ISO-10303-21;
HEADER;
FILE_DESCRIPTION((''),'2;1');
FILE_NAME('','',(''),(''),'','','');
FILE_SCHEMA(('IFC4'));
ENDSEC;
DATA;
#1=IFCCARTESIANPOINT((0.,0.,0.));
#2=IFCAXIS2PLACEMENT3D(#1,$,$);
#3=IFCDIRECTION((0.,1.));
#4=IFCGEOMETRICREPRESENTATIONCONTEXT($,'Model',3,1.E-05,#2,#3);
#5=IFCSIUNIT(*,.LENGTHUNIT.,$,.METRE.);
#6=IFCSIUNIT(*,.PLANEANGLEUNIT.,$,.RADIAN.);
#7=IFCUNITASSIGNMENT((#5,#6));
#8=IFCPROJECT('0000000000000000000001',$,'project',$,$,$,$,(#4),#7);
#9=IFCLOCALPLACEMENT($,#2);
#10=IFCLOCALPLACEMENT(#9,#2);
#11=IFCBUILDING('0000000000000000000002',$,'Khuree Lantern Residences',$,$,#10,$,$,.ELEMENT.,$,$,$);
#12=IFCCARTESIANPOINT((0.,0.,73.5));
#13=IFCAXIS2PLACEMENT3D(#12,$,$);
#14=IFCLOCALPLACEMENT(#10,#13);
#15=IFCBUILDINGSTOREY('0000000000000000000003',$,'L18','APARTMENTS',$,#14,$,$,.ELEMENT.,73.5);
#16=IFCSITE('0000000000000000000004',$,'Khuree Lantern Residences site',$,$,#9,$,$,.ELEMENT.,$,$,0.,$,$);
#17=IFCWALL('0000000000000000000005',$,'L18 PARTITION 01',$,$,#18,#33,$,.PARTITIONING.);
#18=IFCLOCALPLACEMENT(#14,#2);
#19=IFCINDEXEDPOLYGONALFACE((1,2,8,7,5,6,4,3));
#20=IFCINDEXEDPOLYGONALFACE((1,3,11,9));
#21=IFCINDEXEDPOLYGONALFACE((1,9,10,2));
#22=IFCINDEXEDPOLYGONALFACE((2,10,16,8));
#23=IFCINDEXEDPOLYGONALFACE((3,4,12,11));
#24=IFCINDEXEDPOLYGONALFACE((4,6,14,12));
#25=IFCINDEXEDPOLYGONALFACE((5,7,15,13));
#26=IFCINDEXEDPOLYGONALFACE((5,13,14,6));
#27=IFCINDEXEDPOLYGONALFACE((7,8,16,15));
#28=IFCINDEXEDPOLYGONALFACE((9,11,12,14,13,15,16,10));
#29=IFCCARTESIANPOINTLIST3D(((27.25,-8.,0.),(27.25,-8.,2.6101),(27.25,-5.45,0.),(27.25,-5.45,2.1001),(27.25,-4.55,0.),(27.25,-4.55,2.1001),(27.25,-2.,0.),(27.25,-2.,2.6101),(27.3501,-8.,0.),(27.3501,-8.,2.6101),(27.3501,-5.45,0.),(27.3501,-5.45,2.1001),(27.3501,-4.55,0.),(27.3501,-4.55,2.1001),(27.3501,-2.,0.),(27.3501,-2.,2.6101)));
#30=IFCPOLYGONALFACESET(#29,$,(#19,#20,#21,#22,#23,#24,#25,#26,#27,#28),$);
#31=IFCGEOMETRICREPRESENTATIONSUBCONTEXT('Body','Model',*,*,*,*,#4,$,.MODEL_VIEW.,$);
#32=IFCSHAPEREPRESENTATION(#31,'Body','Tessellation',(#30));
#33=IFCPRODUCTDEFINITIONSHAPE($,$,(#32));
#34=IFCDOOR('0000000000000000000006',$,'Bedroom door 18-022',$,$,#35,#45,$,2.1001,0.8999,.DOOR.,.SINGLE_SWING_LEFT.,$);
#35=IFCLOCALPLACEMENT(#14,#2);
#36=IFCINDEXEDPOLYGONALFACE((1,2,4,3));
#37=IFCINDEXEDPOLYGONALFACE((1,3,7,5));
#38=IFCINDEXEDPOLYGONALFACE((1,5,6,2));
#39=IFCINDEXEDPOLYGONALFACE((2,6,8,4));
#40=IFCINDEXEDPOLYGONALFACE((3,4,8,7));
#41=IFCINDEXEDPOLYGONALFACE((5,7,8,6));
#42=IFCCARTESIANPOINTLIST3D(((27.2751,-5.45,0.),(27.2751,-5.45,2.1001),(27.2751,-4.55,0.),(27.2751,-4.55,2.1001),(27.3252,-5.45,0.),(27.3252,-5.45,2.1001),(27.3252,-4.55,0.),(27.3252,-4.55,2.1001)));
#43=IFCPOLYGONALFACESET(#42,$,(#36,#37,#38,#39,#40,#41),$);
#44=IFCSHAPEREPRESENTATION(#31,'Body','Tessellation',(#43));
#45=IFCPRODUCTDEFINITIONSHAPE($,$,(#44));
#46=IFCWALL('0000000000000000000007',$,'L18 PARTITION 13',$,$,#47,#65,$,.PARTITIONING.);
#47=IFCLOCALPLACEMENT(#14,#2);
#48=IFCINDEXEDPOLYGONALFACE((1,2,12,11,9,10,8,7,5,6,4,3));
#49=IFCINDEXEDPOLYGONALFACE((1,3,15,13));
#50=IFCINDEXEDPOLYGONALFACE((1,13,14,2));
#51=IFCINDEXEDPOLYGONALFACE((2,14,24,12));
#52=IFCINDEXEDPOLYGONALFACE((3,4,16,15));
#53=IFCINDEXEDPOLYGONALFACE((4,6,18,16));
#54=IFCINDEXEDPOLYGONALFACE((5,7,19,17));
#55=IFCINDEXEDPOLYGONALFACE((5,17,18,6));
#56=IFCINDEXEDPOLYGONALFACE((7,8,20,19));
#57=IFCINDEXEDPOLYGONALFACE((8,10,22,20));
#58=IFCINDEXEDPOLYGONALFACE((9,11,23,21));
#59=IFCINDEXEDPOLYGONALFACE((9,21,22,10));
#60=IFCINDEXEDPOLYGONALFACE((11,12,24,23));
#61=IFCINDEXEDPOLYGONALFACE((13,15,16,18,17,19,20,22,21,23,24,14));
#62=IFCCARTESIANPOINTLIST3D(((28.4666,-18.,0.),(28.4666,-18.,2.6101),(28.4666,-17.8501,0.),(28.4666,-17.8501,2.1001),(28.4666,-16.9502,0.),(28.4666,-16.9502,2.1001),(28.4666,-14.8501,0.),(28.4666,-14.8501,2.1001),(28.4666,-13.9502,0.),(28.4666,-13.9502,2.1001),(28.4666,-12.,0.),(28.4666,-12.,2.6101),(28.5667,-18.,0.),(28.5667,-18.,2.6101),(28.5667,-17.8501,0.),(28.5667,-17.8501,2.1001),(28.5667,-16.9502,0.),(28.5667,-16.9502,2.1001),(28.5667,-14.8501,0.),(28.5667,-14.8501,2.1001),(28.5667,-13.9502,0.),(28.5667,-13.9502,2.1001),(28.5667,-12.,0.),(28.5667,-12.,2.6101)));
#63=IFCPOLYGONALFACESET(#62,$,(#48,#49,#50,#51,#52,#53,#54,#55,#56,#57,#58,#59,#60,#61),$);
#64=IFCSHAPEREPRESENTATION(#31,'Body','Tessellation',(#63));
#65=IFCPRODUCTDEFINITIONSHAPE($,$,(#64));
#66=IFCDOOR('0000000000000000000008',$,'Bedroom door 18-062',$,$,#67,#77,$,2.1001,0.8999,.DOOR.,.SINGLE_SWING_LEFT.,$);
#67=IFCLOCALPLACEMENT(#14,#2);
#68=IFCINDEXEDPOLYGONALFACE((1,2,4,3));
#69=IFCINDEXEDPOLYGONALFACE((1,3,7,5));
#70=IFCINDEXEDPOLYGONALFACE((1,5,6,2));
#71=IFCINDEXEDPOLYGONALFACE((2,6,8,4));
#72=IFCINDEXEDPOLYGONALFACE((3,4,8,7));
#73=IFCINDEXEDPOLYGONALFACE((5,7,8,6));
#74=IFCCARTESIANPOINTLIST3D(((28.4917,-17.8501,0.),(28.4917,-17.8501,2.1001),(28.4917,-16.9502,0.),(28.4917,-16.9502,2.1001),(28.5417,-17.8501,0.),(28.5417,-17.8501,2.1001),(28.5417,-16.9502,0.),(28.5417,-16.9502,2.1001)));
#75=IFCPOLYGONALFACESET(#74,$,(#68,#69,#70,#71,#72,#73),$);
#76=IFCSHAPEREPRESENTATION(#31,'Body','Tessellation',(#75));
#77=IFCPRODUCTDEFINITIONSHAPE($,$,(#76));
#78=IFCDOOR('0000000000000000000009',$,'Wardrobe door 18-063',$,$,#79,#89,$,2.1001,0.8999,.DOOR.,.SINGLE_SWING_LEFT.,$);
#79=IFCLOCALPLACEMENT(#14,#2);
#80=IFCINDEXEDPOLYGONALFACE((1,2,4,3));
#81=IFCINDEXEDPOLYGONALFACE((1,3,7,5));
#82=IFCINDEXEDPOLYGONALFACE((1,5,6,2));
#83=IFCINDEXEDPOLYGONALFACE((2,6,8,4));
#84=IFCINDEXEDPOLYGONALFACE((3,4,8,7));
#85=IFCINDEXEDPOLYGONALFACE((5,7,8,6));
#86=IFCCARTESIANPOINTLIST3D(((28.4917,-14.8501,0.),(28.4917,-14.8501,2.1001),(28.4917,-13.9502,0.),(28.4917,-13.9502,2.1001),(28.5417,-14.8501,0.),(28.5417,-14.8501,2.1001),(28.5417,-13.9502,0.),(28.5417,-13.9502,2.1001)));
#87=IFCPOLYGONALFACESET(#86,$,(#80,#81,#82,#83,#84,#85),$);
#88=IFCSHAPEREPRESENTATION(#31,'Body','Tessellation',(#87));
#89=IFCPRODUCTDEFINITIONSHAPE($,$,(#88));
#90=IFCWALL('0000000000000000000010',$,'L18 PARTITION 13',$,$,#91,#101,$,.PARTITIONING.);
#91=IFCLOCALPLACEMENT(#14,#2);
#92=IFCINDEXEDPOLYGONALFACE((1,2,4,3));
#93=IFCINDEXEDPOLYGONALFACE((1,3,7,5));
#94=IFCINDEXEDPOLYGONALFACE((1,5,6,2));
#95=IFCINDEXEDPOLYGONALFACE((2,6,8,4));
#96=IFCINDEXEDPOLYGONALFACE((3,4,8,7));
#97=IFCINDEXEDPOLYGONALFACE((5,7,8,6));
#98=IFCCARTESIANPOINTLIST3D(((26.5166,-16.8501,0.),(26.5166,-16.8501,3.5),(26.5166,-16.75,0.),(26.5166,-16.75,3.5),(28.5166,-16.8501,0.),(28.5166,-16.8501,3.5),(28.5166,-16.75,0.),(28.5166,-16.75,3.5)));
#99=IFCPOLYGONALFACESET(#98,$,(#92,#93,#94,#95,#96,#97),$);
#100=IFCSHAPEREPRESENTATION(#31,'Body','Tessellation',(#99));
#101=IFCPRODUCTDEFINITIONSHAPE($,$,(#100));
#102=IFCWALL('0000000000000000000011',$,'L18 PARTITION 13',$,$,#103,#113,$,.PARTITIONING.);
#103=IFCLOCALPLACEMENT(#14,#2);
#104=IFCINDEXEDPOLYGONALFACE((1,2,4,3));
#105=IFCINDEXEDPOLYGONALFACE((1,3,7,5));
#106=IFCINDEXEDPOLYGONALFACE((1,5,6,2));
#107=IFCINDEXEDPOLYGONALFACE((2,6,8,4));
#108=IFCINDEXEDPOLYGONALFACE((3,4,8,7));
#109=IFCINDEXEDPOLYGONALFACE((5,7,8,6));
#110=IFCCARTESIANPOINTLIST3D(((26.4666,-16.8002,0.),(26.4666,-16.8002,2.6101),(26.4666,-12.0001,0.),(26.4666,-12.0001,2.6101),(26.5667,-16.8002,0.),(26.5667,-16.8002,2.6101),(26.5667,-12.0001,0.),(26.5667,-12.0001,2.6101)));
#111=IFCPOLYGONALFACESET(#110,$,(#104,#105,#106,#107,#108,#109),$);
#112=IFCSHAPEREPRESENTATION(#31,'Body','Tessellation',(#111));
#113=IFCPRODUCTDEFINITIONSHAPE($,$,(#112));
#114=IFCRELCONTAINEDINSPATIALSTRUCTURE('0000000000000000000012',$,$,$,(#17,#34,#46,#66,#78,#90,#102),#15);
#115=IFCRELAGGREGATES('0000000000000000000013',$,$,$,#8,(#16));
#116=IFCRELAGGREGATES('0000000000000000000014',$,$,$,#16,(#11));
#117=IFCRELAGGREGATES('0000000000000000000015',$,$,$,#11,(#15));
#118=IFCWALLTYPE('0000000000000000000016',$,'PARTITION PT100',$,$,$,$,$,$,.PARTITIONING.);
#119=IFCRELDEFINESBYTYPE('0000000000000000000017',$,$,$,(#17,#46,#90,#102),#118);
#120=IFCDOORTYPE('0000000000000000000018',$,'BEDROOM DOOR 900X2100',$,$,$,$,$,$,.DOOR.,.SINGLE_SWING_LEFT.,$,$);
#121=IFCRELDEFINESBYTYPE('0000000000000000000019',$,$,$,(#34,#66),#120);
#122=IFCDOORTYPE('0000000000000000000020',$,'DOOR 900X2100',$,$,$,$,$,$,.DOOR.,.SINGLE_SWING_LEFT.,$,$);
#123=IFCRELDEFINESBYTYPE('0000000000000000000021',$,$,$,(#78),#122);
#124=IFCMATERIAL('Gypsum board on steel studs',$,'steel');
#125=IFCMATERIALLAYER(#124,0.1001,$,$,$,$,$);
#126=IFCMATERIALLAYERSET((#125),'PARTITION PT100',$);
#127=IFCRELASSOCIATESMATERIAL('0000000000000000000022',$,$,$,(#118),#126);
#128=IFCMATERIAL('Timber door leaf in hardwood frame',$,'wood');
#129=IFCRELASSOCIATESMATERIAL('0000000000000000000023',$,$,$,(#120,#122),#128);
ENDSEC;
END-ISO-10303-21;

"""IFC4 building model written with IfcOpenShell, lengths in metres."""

from ifc_helpers import new_model, si_unit, direction, frame, frame_2d, origin, place, context, subcontext, project, spatial, rectangle, extrude, material, layer, layer_set, type_object, element, fill, save


model = new_model("IFC4")

# Units and contexts
model_context = context("Model", 3, precision=1e-05, world=origin(), true_north=direction((0.0, 1.0)))
body_context = subcontext(model_context, "Body", "Model", "MODEL_VIEW")
ifc_project = project(units=[si_unit("LENGTHUNIT", "METRE"), si_unit("PLANEANGLEUNIT", "RADIAN")], contexts=[model_context])

# Site, building, storey
site_placement = place(None, origin())
site = spatial("IfcSite", under=ifc_project, at=site_placement, Name="Khuree Lantern Residences site", CompositionType="ELEMENT", RefElevation=0.0)
building_placement = place(site_placement, origin())
building = spatial("IfcBuilding", under=site, at=building_placement, Name="Khuree Lantern Residences", CompositionType="ELEMENT")
storey_placement = place(building_placement, frame((0.0, 0.0, 73.5)))
storey = spatial("IfcBuildingStorey", under=building, at=storey_placement, Name="L18", Description="APARTMENTS", CompositionType="ELEMENT", Elevation=73.5)

# Shared definitions
ifc_material_1 = material(Name="Timber door leaf in hardwood frame", Category="wood")

# Shared definitions
ifc_material_2 = material(Name="Gypsum board on steel studs", Category="steel")
ifc_layer_1 = layer(ifc_material_2, 0.1001)
ifc_layer_set_1 = layer_set([ifc_layer_1], Name="PARTITION PT100")
wall_type_1 = type_object("IfcWallType", Name="PARTITION PT100", PredefinedType="PARTITIONING", material=ifc_layer_set_1)

# Wall, opening, door
wall_1_placement = place(storey_placement, frame((27.3, -8.0, 0.0), z_axis=(0.0, 0.0, 1.0), x_axis=(0.0, 1.0, 0.0)))
wall_1 = element("IfcWall", 1, at=wall_1_placement, inside=storey, type_object=wall_type_1, Name="L18 PARTITION 01", PredefinedType="PARTITIONING", context=body_context, shape_type="SweptSolid", body=[
    extrude(rectangle(XDim=6.0, YDim=0.1001, at=frame_2d((3.0, 0.0))), origin(), (0.0, 0.0, 1.0), 2.6101),
])
opening_1_placement = place(wall_1_placement, frame((2.55, 0.0, 0.0)))
opening_1 = element("IfcOpeningElement", 2, at=opening_1_placement, cuts=wall_1, PredefinedType="OPENING", context=body_context, shape_type="SweptSolid", body=[
    extrude(rectangle(XDim=0.8999, YDim=2.1001, at=frame_2d((0.45, 1.05))), frame((0.0, 0.0601, 0.0), z_axis=(0.0, -1.0, 0.0), x_axis=(1.0, 0.0, 0.0)), (0.0, 0.0, 1.0), 0.1201),
])
door_type_1 = type_object("IfcDoorType", Name="BEDROOM DOOR 900X2100", OperationType="SINGLE_SWING_LEFT", PredefinedType="DOOR", material=ifc_material_1)
door_1_placement = place(opening_1_placement, origin())
door_1 = element("IfcDoor", 3, at=door_1_placement, inside=storey, type_object=door_type_1, Name="Bedroom door 18-022", OperationType="SINGLE_SWING_LEFT", OverallHeight=2.1001, OverallWidth=0.8999, PredefinedType="DOOR", context=body_context, shape_type="SweptSolid", body=[
    extrude(rectangle(XDim=0.8999, YDim=2.1001, at=frame_2d((0.45, 1.05))), frame((0.0, 0.0249, 0.0), z_axis=(0.0, -1.0, 0.0), x_axis=(1.0, 0.0, 0.0)), (0.0, 0.0, 1.0), 0.05),
])
fill(opening_1, door_1)

# Wall, openings, doors
wall_2_placement = place(storey_placement, frame((28.5166, -18.0, 0.0), z_axis=(0.0, 0.0, 1.0), x_axis=(0.0, 1.0, 0.0)))
wall_2 = element("IfcWall", 4, at=wall_2_placement, inside=storey, type_object=wall_type_1, Name="L18 PARTITION 13", PredefinedType="PARTITIONING", context=body_context, shape_type="SweptSolid", body=[
    extrude(rectangle(XDim=6.0, YDim=0.1001, at=frame_2d((3.0, 0.0))), origin(), (0.0, 0.0, 1.0), 2.6101),
])
opening_2_placement = place(wall_2_placement, frame((0.1499, 0.0, 0.0)))
opening_2 = element("IfcOpeningElement", 5, at=opening_2_placement, cuts=wall_2, PredefinedType="OPENING", context=body_context, shape_type="SweptSolid", body=[
    extrude(rectangle(XDim=0.8999, YDim=2.1001, at=frame_2d((0.45, 1.05))), frame((0.0, 0.0601, 0.0), z_axis=(0.0, -1.0, 0.0), x_axis=(1.0, 0.0, 0.0)), (0.0, 0.0, 1.0), 0.1201),
])
opening_3_placement = place(wall_2_placement, frame((3.1499, 0.0, 0.0)))
opening_3 = element("IfcOpeningElement", 6, at=opening_3_placement, cuts=wall_2, PredefinedType="OPENING", context=body_context, shape_type="SweptSolid", body=[
    extrude(rectangle(XDim=0.8999, YDim=2.1001, at=frame_2d((0.45, 1.05))), frame((0.0, 0.0601, 0.0), z_axis=(0.0, -1.0, 0.0), x_axis=(1.0, 0.0, 0.0)), (0.0, 0.0, 1.0), 0.1201),
])
door_2_placement = place(opening_2_placement, origin())
door_2 = element("IfcDoor", 7, at=door_2_placement, inside=storey, type_object=door_type_1, Name="Bedroom door 18-062", OperationType="SINGLE_SWING_LEFT", OverallHeight=2.1001, OverallWidth=0.8999, PredefinedType="DOOR", context=body_context, shape_type="SweptSolid", body=[
    extrude(rectangle(XDim=0.8999, YDim=2.1001, at=frame_2d((0.45, 1.05))), frame((0.0, 0.0249, 0.0), z_axis=(0.0, -1.0, 0.0), x_axis=(1.0, 0.0, 0.0)), (0.0, 0.0, 1.0), 0.05),
])
fill(opening_2, door_2)
door_type_2 = type_object("IfcDoorType", Name="DOOR 900X2100", OperationType="SINGLE_SWING_LEFT", PredefinedType="DOOR", material=ifc_material_1)
door_3_placement = place(opening_3_placement, origin())
door_3 = element("IfcDoor", 8, at=door_3_placement, inside=storey, type_object=door_type_2, Name="Wardrobe door 18-063", OperationType="SINGLE_SWING_LEFT", OverallHeight=2.1001, OverallWidth=0.8999, PredefinedType="DOOR", context=body_context, shape_type="SweptSolid", body=[
    extrude(rectangle(XDim=0.8999, YDim=2.1001, at=frame_2d((0.45, 1.05))), frame((0.0, 0.0249, 0.0), z_axis=(0.0, -1.0, 0.0), x_axis=(1.0, 0.0, 0.0)), (0.0, 0.0, 1.0), 0.05),
])
fill(opening_3, door_3)

# Walls
wall_3_placement = place(storey_placement, frame((26.5166, -16.8, 0.0), z_axis=(0.0, 0.0, 1.0), x_axis=(1.0, 0.0, 0.0)))
element("IfcWall", 9, at=wall_3_placement, inside=storey, type_object=wall_type_1, Name="L18 PARTITION 13", PredefinedType="PARTITIONING", context=body_context, shape_type="SweptSolid", body=[
    extrude(rectangle(XDim=2.0, YDim=0.1001, at=frame_2d((1.0, 0.0))), origin(), (0.0, 0.0, 1.0), 3.5),
])
wall_4_placement = place(storey_placement, frame((26.5166, -16.8, 0.0), z_axis=(0.0, 0.0, 1.0), x_axis=(0.0, 1.0, 0.0)))
element("IfcWall", 10, at=wall_4_placement, inside=storey, type_object=wall_type_1, Name="L18 PARTITION 13", PredefinedType="PARTITIONING", context=body_context, shape_type="SweptSolid", body=[
    extrude(rectangle(XDim=4.8, YDim=0.1001, at=frame_2d((2.3999, 0.0))), origin(), (0.0, 0.0, 1.0), 2.6101),
])

save(model, "model.ifc")
